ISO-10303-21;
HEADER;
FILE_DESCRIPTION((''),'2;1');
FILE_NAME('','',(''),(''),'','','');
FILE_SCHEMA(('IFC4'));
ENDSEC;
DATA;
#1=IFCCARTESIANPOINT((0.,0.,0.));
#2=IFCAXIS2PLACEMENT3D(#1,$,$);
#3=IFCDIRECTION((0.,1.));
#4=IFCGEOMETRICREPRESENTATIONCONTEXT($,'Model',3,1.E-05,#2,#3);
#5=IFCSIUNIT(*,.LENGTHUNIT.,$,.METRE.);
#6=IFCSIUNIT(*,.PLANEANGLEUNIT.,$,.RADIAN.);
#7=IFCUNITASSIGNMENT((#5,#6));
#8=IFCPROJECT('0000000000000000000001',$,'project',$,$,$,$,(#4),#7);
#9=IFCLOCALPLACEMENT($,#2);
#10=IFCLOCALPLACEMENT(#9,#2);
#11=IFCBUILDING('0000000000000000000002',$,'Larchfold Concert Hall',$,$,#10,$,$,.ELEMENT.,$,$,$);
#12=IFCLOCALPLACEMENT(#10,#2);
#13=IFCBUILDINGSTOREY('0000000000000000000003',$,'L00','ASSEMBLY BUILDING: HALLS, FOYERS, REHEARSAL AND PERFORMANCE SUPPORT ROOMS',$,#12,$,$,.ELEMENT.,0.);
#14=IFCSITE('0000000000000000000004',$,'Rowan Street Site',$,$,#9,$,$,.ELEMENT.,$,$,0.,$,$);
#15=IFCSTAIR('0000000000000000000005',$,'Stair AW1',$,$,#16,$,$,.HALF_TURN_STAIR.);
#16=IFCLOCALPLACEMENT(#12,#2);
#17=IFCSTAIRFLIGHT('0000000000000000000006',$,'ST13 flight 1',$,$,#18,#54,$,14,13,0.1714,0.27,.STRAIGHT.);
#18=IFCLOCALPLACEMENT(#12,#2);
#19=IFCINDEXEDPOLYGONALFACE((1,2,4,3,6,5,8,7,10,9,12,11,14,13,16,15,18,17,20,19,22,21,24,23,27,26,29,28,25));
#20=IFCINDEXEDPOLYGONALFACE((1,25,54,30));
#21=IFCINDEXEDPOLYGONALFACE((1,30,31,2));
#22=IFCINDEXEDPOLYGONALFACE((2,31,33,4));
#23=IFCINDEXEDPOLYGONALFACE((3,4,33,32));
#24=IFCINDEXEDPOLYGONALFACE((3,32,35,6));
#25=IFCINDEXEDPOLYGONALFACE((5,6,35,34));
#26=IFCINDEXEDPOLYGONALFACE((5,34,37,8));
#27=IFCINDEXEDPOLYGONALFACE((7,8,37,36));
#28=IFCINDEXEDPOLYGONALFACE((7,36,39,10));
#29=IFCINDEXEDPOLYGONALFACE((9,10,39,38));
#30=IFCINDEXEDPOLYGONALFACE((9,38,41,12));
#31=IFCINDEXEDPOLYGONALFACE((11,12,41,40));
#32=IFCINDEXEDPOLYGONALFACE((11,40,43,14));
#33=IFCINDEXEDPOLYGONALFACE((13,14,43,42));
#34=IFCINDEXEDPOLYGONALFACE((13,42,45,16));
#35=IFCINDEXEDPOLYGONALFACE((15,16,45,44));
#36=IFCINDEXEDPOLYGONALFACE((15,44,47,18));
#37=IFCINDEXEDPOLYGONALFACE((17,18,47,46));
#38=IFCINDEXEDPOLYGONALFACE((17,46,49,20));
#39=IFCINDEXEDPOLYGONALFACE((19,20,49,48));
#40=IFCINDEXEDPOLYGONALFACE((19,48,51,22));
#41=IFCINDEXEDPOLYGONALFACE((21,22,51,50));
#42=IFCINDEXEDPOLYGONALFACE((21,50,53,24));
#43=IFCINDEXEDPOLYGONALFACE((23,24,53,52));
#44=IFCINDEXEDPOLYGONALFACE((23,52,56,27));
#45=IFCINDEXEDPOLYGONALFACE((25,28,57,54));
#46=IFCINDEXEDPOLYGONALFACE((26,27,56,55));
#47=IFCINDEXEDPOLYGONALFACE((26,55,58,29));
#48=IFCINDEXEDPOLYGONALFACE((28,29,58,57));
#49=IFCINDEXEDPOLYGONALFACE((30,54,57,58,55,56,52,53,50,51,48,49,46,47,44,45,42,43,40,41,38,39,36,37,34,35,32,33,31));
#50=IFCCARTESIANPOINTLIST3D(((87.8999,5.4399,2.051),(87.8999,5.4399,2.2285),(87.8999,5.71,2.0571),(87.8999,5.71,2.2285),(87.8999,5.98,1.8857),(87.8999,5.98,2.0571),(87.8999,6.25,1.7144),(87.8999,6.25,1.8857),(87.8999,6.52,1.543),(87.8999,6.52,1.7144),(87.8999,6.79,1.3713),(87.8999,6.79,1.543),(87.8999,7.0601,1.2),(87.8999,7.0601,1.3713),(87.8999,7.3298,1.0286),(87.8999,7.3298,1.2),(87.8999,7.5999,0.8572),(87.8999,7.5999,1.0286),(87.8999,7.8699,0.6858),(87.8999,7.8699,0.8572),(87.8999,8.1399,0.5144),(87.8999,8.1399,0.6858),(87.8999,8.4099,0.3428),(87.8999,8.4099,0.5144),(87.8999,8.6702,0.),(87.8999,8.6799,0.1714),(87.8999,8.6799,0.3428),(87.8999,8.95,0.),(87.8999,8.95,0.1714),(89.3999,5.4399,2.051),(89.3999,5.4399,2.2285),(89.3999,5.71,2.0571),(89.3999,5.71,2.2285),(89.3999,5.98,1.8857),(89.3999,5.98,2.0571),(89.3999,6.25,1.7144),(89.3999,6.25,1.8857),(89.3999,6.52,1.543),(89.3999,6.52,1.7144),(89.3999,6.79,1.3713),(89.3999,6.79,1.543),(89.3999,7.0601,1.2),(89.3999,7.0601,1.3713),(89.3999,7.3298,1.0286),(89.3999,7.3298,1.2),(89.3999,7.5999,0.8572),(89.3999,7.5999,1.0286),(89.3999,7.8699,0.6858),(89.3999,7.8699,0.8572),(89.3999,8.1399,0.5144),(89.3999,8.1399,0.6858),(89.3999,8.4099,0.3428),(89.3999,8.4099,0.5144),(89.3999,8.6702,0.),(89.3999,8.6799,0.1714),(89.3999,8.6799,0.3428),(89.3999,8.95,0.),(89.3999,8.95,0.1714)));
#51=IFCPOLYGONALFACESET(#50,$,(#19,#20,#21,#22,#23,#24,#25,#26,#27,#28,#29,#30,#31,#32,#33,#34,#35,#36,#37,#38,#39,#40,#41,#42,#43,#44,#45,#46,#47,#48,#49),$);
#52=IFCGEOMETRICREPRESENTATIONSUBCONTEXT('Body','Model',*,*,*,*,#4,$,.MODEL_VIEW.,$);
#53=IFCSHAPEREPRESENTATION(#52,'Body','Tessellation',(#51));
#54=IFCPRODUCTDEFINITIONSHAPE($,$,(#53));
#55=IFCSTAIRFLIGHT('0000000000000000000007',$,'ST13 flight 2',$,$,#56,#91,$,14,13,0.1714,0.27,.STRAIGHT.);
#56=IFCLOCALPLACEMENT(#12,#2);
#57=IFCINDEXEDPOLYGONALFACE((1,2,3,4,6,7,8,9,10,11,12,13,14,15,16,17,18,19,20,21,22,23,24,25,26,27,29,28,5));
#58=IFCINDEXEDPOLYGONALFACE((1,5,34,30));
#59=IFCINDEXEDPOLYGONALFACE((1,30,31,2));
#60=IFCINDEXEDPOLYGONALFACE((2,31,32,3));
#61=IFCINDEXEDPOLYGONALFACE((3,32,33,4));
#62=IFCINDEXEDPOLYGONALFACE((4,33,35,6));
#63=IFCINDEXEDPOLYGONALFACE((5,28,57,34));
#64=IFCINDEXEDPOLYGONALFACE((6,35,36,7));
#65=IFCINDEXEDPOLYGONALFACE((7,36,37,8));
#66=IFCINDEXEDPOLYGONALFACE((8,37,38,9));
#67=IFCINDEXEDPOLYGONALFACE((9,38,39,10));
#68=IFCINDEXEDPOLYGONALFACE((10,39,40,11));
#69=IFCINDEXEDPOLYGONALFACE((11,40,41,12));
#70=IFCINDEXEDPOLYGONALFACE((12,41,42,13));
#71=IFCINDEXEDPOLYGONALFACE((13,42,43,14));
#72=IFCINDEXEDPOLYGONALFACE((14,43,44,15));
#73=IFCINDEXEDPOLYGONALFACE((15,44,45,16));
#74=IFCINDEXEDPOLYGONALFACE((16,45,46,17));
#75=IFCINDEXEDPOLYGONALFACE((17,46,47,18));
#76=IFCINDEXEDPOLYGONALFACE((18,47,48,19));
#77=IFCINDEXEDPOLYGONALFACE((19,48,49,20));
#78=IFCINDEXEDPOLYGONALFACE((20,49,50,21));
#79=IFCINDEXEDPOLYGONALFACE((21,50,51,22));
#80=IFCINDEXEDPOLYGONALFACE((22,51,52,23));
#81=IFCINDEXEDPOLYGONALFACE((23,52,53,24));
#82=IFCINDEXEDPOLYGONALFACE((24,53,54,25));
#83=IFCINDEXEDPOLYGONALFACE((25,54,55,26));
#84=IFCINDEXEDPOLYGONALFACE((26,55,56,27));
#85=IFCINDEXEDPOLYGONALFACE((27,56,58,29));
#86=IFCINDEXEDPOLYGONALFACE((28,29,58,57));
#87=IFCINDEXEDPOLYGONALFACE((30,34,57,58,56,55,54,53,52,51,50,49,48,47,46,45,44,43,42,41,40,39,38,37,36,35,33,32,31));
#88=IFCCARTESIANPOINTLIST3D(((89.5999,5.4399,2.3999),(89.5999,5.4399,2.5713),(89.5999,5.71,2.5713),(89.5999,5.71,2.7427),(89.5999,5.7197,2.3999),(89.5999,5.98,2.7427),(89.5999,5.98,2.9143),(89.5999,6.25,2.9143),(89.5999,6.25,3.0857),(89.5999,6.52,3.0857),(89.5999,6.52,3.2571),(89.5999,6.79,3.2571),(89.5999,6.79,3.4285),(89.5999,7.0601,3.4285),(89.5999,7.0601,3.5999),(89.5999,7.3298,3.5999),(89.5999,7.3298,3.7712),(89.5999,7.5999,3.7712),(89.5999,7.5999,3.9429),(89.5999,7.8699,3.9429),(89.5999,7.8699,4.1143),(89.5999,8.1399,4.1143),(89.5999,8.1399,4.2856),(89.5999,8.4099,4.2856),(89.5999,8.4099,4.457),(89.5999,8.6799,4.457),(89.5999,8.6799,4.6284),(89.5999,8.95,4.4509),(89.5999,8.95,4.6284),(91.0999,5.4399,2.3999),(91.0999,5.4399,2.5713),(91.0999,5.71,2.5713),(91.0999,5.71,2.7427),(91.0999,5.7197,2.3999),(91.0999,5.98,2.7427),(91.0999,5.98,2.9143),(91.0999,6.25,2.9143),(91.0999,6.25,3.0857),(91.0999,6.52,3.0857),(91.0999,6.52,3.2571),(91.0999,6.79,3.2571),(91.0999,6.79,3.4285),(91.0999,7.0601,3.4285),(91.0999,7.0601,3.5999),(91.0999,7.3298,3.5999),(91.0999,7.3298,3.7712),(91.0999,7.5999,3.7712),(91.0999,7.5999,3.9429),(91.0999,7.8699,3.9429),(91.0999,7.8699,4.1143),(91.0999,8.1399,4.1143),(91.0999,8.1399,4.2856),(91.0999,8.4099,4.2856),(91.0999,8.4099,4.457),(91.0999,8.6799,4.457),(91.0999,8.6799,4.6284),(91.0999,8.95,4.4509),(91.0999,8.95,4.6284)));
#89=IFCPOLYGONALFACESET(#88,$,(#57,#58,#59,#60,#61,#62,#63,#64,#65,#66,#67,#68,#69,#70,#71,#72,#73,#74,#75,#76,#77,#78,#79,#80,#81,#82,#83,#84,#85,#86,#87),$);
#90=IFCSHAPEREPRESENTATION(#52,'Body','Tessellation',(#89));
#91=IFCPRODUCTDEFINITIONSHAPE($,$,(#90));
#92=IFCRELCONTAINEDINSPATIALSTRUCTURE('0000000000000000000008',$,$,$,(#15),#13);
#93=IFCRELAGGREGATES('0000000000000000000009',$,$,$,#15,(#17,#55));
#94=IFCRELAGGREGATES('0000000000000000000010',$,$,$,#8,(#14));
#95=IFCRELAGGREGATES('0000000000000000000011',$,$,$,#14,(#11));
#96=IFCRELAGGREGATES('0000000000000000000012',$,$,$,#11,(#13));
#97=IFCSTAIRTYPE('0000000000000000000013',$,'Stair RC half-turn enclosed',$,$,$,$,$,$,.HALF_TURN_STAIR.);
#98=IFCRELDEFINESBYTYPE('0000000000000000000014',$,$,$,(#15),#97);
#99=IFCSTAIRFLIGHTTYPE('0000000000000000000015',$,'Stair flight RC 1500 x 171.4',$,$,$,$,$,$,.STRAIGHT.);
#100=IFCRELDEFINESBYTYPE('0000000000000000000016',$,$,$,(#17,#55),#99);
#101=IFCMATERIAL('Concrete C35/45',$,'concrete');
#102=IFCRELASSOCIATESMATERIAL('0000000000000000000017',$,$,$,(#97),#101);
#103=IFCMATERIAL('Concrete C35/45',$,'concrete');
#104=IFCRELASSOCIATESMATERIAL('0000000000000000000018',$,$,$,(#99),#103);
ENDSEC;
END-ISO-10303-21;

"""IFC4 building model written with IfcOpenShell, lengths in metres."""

from ifc_helpers import new_model, si_unit, direction, frame, origin, place, context, subcontext, project, spatial, polyline, outline, extrude, material, type_object, element, aggregate, save


model = new_model("IFC4")

# Units and contexts
model_context = context("Model", 3, precision=1e-05, world=origin(), true_north=direction((0.0, 1.0)))
body_context = subcontext(model_context, "Body", "Model", "MODEL_VIEW")
ifc_project = project(units=[si_unit("LENGTHUNIT", "METRE"), si_unit("PLANEANGLEUNIT", "RADIAN")], contexts=[model_context])

# Site, building, storey
site_placement = place(None, origin())
site = spatial("IfcSite", under=ifc_project, at=site_placement, Name="Rowan Street Site", CompositionType="ELEMENT", RefElevation=0.0)
building_placement = place(site_placement, origin())
building = spatial("IfcBuilding", under=site, at=building_placement, Name="Larchfold Concert Hall", CompositionType="ELEMENT")
storey_placement = place(building_placement, origin())
storey = spatial("IfcBuildingStorey", under=building, at=storey_placement, Name="L00", Description="ASSEMBLY BUILDING: HALLS, FOYERS, REHEARSAL AND PERFORMANCE SUPPORT ROOMS", CompositionType="ELEMENT", Elevation=0.0)

# Stair, stair flights
ifc_material_1 = material(Name="Concrete C35/45", Category="concrete")
stair_type = type_object("IfcStairType", Name="Stair RC half-turn enclosed", PredefinedType="HALF_TURN_STAIR", material=ifc_material_1)
stair_placement = place(storey_placement, origin())
stair = element("IfcStair", 1, at=stair_placement, inside=storey, type_object=stair_type, Name="Stair AW1", PredefinedType="HALF_TURN_STAIR")
ifc_material_2 = material(Name="Concrete C35/45", Category="concrete")
stair_flight_type = type_object("IfcStairFlightType", Name="Stair flight RC 1500 x 171.4", PredefinedType="STRAIGHT", material=ifc_material_2)
stair_flight_1_placement = place(storey_placement, frame((88.6499, 8.95, 0.0), z_axis=(0.0, 0.0, 1.0), x_axis=(0.0, -1.0, 0.0)))
stair_flight_1 = element("IfcStairFlight", 2, at=stair_flight_1_placement, type_object=stair_flight_type, Name="ST13 flight 1", NumberOfRisers=14, NumberOfTreads=13, PredefinedType="STRAIGHT", RiserHeight=0.1714, TreadLength=0.27, context=body_context, shape_type="SweptSolid", body=[
    extrude(outline(polyline([(0.0, 0.0), (0.0, 0.1714), (0.27, 0.1714), (0.27, 0.3428), (0.54, 0.3428), (0.54, 0.5144), (0.8101, 0.5144), (0.8101, 0.6858), (1.0801, 0.6858), (1.0801, 0.8572), (1.3501, 0.8572), (1.3501, 1.0286), (1.6201, 1.0286), (1.6201, 1.2), (1.8899, 1.2), (1.8899, 1.3713), (2.1599, 1.3713), (2.1599, 1.543), (2.4299, 1.543), (2.4299, 1.7144), (2.7, 1.7144), (2.7, 1.8857), (2.97, 1.8857), (2.97, 2.0571), (3.24, 2.0571), (3.24, 2.2285), (3.51, 2.2285), (3.51, 2.3999), (3.51, 2.051), (0.2798, 0.0), (0.0, 0.0)])), frame((0.0, 0.75, 0.0), z_axis=(0.0, -1.0, 0.0), x_axis=(1.0, 0.0, 0.0)), (0.0, 0.0, 1.0), 1.5),
])
stair_flight_2_placement = place(storey_placement, frame((90.3499, 5.4399, 2.3999), z_axis=(0.0, 0.0, 1.0), x_axis=(0.0, 1.0, 0.0)))
stair_flight_2 = element("IfcStairFlight", 3, at=stair_flight_2_placement, type_object=stair_flight_type, Name="ST13 flight 2", NumberOfRisers=14, NumberOfTreads=13, PredefinedType="STRAIGHT", RiserHeight=0.1714, TreadLength=0.27, context=body_context, shape_type="SweptSolid", body=[
    extrude(outline(polyline([(0.0, 0.0), (0.0, 0.1714), (0.27, 0.1714), (0.27, 0.3428), (0.54, 0.3428), (0.54, 0.5144), (0.8101, 0.5144), (0.8101, 0.6858), (1.0801, 0.6858), (1.0801, 0.8572), (1.3501, 0.8572), (1.3501, 1.0286), (1.6201, 1.0286), (1.6201, 1.2), (1.8899, 1.2), (1.8899, 1.3713), (2.1599, 1.3713), (2.1599, 1.543), (2.4299, 1.543), (2.4299, 1.7144), (2.7, 1.7144), (2.7, 1.8857), (2.97, 1.8857), (2.97, 2.0571), (3.24, 2.0571), (3.24, 2.2285), (3.51, 2.2285), (3.51, 2.3999), (3.51, 2.051), (0.2798, 0.0), (0.0, 0.0)])), frame((0.0, 0.75, 0.0), z_axis=(0.0, -1.0, 0.0), x_axis=(1.0, 0.0, 0.0)), (0.0, 0.0, 1.0), 1.5),
])
aggregate(stair, [stair_flight_1, stair_flight_2])

save(model, "model.ifc")
